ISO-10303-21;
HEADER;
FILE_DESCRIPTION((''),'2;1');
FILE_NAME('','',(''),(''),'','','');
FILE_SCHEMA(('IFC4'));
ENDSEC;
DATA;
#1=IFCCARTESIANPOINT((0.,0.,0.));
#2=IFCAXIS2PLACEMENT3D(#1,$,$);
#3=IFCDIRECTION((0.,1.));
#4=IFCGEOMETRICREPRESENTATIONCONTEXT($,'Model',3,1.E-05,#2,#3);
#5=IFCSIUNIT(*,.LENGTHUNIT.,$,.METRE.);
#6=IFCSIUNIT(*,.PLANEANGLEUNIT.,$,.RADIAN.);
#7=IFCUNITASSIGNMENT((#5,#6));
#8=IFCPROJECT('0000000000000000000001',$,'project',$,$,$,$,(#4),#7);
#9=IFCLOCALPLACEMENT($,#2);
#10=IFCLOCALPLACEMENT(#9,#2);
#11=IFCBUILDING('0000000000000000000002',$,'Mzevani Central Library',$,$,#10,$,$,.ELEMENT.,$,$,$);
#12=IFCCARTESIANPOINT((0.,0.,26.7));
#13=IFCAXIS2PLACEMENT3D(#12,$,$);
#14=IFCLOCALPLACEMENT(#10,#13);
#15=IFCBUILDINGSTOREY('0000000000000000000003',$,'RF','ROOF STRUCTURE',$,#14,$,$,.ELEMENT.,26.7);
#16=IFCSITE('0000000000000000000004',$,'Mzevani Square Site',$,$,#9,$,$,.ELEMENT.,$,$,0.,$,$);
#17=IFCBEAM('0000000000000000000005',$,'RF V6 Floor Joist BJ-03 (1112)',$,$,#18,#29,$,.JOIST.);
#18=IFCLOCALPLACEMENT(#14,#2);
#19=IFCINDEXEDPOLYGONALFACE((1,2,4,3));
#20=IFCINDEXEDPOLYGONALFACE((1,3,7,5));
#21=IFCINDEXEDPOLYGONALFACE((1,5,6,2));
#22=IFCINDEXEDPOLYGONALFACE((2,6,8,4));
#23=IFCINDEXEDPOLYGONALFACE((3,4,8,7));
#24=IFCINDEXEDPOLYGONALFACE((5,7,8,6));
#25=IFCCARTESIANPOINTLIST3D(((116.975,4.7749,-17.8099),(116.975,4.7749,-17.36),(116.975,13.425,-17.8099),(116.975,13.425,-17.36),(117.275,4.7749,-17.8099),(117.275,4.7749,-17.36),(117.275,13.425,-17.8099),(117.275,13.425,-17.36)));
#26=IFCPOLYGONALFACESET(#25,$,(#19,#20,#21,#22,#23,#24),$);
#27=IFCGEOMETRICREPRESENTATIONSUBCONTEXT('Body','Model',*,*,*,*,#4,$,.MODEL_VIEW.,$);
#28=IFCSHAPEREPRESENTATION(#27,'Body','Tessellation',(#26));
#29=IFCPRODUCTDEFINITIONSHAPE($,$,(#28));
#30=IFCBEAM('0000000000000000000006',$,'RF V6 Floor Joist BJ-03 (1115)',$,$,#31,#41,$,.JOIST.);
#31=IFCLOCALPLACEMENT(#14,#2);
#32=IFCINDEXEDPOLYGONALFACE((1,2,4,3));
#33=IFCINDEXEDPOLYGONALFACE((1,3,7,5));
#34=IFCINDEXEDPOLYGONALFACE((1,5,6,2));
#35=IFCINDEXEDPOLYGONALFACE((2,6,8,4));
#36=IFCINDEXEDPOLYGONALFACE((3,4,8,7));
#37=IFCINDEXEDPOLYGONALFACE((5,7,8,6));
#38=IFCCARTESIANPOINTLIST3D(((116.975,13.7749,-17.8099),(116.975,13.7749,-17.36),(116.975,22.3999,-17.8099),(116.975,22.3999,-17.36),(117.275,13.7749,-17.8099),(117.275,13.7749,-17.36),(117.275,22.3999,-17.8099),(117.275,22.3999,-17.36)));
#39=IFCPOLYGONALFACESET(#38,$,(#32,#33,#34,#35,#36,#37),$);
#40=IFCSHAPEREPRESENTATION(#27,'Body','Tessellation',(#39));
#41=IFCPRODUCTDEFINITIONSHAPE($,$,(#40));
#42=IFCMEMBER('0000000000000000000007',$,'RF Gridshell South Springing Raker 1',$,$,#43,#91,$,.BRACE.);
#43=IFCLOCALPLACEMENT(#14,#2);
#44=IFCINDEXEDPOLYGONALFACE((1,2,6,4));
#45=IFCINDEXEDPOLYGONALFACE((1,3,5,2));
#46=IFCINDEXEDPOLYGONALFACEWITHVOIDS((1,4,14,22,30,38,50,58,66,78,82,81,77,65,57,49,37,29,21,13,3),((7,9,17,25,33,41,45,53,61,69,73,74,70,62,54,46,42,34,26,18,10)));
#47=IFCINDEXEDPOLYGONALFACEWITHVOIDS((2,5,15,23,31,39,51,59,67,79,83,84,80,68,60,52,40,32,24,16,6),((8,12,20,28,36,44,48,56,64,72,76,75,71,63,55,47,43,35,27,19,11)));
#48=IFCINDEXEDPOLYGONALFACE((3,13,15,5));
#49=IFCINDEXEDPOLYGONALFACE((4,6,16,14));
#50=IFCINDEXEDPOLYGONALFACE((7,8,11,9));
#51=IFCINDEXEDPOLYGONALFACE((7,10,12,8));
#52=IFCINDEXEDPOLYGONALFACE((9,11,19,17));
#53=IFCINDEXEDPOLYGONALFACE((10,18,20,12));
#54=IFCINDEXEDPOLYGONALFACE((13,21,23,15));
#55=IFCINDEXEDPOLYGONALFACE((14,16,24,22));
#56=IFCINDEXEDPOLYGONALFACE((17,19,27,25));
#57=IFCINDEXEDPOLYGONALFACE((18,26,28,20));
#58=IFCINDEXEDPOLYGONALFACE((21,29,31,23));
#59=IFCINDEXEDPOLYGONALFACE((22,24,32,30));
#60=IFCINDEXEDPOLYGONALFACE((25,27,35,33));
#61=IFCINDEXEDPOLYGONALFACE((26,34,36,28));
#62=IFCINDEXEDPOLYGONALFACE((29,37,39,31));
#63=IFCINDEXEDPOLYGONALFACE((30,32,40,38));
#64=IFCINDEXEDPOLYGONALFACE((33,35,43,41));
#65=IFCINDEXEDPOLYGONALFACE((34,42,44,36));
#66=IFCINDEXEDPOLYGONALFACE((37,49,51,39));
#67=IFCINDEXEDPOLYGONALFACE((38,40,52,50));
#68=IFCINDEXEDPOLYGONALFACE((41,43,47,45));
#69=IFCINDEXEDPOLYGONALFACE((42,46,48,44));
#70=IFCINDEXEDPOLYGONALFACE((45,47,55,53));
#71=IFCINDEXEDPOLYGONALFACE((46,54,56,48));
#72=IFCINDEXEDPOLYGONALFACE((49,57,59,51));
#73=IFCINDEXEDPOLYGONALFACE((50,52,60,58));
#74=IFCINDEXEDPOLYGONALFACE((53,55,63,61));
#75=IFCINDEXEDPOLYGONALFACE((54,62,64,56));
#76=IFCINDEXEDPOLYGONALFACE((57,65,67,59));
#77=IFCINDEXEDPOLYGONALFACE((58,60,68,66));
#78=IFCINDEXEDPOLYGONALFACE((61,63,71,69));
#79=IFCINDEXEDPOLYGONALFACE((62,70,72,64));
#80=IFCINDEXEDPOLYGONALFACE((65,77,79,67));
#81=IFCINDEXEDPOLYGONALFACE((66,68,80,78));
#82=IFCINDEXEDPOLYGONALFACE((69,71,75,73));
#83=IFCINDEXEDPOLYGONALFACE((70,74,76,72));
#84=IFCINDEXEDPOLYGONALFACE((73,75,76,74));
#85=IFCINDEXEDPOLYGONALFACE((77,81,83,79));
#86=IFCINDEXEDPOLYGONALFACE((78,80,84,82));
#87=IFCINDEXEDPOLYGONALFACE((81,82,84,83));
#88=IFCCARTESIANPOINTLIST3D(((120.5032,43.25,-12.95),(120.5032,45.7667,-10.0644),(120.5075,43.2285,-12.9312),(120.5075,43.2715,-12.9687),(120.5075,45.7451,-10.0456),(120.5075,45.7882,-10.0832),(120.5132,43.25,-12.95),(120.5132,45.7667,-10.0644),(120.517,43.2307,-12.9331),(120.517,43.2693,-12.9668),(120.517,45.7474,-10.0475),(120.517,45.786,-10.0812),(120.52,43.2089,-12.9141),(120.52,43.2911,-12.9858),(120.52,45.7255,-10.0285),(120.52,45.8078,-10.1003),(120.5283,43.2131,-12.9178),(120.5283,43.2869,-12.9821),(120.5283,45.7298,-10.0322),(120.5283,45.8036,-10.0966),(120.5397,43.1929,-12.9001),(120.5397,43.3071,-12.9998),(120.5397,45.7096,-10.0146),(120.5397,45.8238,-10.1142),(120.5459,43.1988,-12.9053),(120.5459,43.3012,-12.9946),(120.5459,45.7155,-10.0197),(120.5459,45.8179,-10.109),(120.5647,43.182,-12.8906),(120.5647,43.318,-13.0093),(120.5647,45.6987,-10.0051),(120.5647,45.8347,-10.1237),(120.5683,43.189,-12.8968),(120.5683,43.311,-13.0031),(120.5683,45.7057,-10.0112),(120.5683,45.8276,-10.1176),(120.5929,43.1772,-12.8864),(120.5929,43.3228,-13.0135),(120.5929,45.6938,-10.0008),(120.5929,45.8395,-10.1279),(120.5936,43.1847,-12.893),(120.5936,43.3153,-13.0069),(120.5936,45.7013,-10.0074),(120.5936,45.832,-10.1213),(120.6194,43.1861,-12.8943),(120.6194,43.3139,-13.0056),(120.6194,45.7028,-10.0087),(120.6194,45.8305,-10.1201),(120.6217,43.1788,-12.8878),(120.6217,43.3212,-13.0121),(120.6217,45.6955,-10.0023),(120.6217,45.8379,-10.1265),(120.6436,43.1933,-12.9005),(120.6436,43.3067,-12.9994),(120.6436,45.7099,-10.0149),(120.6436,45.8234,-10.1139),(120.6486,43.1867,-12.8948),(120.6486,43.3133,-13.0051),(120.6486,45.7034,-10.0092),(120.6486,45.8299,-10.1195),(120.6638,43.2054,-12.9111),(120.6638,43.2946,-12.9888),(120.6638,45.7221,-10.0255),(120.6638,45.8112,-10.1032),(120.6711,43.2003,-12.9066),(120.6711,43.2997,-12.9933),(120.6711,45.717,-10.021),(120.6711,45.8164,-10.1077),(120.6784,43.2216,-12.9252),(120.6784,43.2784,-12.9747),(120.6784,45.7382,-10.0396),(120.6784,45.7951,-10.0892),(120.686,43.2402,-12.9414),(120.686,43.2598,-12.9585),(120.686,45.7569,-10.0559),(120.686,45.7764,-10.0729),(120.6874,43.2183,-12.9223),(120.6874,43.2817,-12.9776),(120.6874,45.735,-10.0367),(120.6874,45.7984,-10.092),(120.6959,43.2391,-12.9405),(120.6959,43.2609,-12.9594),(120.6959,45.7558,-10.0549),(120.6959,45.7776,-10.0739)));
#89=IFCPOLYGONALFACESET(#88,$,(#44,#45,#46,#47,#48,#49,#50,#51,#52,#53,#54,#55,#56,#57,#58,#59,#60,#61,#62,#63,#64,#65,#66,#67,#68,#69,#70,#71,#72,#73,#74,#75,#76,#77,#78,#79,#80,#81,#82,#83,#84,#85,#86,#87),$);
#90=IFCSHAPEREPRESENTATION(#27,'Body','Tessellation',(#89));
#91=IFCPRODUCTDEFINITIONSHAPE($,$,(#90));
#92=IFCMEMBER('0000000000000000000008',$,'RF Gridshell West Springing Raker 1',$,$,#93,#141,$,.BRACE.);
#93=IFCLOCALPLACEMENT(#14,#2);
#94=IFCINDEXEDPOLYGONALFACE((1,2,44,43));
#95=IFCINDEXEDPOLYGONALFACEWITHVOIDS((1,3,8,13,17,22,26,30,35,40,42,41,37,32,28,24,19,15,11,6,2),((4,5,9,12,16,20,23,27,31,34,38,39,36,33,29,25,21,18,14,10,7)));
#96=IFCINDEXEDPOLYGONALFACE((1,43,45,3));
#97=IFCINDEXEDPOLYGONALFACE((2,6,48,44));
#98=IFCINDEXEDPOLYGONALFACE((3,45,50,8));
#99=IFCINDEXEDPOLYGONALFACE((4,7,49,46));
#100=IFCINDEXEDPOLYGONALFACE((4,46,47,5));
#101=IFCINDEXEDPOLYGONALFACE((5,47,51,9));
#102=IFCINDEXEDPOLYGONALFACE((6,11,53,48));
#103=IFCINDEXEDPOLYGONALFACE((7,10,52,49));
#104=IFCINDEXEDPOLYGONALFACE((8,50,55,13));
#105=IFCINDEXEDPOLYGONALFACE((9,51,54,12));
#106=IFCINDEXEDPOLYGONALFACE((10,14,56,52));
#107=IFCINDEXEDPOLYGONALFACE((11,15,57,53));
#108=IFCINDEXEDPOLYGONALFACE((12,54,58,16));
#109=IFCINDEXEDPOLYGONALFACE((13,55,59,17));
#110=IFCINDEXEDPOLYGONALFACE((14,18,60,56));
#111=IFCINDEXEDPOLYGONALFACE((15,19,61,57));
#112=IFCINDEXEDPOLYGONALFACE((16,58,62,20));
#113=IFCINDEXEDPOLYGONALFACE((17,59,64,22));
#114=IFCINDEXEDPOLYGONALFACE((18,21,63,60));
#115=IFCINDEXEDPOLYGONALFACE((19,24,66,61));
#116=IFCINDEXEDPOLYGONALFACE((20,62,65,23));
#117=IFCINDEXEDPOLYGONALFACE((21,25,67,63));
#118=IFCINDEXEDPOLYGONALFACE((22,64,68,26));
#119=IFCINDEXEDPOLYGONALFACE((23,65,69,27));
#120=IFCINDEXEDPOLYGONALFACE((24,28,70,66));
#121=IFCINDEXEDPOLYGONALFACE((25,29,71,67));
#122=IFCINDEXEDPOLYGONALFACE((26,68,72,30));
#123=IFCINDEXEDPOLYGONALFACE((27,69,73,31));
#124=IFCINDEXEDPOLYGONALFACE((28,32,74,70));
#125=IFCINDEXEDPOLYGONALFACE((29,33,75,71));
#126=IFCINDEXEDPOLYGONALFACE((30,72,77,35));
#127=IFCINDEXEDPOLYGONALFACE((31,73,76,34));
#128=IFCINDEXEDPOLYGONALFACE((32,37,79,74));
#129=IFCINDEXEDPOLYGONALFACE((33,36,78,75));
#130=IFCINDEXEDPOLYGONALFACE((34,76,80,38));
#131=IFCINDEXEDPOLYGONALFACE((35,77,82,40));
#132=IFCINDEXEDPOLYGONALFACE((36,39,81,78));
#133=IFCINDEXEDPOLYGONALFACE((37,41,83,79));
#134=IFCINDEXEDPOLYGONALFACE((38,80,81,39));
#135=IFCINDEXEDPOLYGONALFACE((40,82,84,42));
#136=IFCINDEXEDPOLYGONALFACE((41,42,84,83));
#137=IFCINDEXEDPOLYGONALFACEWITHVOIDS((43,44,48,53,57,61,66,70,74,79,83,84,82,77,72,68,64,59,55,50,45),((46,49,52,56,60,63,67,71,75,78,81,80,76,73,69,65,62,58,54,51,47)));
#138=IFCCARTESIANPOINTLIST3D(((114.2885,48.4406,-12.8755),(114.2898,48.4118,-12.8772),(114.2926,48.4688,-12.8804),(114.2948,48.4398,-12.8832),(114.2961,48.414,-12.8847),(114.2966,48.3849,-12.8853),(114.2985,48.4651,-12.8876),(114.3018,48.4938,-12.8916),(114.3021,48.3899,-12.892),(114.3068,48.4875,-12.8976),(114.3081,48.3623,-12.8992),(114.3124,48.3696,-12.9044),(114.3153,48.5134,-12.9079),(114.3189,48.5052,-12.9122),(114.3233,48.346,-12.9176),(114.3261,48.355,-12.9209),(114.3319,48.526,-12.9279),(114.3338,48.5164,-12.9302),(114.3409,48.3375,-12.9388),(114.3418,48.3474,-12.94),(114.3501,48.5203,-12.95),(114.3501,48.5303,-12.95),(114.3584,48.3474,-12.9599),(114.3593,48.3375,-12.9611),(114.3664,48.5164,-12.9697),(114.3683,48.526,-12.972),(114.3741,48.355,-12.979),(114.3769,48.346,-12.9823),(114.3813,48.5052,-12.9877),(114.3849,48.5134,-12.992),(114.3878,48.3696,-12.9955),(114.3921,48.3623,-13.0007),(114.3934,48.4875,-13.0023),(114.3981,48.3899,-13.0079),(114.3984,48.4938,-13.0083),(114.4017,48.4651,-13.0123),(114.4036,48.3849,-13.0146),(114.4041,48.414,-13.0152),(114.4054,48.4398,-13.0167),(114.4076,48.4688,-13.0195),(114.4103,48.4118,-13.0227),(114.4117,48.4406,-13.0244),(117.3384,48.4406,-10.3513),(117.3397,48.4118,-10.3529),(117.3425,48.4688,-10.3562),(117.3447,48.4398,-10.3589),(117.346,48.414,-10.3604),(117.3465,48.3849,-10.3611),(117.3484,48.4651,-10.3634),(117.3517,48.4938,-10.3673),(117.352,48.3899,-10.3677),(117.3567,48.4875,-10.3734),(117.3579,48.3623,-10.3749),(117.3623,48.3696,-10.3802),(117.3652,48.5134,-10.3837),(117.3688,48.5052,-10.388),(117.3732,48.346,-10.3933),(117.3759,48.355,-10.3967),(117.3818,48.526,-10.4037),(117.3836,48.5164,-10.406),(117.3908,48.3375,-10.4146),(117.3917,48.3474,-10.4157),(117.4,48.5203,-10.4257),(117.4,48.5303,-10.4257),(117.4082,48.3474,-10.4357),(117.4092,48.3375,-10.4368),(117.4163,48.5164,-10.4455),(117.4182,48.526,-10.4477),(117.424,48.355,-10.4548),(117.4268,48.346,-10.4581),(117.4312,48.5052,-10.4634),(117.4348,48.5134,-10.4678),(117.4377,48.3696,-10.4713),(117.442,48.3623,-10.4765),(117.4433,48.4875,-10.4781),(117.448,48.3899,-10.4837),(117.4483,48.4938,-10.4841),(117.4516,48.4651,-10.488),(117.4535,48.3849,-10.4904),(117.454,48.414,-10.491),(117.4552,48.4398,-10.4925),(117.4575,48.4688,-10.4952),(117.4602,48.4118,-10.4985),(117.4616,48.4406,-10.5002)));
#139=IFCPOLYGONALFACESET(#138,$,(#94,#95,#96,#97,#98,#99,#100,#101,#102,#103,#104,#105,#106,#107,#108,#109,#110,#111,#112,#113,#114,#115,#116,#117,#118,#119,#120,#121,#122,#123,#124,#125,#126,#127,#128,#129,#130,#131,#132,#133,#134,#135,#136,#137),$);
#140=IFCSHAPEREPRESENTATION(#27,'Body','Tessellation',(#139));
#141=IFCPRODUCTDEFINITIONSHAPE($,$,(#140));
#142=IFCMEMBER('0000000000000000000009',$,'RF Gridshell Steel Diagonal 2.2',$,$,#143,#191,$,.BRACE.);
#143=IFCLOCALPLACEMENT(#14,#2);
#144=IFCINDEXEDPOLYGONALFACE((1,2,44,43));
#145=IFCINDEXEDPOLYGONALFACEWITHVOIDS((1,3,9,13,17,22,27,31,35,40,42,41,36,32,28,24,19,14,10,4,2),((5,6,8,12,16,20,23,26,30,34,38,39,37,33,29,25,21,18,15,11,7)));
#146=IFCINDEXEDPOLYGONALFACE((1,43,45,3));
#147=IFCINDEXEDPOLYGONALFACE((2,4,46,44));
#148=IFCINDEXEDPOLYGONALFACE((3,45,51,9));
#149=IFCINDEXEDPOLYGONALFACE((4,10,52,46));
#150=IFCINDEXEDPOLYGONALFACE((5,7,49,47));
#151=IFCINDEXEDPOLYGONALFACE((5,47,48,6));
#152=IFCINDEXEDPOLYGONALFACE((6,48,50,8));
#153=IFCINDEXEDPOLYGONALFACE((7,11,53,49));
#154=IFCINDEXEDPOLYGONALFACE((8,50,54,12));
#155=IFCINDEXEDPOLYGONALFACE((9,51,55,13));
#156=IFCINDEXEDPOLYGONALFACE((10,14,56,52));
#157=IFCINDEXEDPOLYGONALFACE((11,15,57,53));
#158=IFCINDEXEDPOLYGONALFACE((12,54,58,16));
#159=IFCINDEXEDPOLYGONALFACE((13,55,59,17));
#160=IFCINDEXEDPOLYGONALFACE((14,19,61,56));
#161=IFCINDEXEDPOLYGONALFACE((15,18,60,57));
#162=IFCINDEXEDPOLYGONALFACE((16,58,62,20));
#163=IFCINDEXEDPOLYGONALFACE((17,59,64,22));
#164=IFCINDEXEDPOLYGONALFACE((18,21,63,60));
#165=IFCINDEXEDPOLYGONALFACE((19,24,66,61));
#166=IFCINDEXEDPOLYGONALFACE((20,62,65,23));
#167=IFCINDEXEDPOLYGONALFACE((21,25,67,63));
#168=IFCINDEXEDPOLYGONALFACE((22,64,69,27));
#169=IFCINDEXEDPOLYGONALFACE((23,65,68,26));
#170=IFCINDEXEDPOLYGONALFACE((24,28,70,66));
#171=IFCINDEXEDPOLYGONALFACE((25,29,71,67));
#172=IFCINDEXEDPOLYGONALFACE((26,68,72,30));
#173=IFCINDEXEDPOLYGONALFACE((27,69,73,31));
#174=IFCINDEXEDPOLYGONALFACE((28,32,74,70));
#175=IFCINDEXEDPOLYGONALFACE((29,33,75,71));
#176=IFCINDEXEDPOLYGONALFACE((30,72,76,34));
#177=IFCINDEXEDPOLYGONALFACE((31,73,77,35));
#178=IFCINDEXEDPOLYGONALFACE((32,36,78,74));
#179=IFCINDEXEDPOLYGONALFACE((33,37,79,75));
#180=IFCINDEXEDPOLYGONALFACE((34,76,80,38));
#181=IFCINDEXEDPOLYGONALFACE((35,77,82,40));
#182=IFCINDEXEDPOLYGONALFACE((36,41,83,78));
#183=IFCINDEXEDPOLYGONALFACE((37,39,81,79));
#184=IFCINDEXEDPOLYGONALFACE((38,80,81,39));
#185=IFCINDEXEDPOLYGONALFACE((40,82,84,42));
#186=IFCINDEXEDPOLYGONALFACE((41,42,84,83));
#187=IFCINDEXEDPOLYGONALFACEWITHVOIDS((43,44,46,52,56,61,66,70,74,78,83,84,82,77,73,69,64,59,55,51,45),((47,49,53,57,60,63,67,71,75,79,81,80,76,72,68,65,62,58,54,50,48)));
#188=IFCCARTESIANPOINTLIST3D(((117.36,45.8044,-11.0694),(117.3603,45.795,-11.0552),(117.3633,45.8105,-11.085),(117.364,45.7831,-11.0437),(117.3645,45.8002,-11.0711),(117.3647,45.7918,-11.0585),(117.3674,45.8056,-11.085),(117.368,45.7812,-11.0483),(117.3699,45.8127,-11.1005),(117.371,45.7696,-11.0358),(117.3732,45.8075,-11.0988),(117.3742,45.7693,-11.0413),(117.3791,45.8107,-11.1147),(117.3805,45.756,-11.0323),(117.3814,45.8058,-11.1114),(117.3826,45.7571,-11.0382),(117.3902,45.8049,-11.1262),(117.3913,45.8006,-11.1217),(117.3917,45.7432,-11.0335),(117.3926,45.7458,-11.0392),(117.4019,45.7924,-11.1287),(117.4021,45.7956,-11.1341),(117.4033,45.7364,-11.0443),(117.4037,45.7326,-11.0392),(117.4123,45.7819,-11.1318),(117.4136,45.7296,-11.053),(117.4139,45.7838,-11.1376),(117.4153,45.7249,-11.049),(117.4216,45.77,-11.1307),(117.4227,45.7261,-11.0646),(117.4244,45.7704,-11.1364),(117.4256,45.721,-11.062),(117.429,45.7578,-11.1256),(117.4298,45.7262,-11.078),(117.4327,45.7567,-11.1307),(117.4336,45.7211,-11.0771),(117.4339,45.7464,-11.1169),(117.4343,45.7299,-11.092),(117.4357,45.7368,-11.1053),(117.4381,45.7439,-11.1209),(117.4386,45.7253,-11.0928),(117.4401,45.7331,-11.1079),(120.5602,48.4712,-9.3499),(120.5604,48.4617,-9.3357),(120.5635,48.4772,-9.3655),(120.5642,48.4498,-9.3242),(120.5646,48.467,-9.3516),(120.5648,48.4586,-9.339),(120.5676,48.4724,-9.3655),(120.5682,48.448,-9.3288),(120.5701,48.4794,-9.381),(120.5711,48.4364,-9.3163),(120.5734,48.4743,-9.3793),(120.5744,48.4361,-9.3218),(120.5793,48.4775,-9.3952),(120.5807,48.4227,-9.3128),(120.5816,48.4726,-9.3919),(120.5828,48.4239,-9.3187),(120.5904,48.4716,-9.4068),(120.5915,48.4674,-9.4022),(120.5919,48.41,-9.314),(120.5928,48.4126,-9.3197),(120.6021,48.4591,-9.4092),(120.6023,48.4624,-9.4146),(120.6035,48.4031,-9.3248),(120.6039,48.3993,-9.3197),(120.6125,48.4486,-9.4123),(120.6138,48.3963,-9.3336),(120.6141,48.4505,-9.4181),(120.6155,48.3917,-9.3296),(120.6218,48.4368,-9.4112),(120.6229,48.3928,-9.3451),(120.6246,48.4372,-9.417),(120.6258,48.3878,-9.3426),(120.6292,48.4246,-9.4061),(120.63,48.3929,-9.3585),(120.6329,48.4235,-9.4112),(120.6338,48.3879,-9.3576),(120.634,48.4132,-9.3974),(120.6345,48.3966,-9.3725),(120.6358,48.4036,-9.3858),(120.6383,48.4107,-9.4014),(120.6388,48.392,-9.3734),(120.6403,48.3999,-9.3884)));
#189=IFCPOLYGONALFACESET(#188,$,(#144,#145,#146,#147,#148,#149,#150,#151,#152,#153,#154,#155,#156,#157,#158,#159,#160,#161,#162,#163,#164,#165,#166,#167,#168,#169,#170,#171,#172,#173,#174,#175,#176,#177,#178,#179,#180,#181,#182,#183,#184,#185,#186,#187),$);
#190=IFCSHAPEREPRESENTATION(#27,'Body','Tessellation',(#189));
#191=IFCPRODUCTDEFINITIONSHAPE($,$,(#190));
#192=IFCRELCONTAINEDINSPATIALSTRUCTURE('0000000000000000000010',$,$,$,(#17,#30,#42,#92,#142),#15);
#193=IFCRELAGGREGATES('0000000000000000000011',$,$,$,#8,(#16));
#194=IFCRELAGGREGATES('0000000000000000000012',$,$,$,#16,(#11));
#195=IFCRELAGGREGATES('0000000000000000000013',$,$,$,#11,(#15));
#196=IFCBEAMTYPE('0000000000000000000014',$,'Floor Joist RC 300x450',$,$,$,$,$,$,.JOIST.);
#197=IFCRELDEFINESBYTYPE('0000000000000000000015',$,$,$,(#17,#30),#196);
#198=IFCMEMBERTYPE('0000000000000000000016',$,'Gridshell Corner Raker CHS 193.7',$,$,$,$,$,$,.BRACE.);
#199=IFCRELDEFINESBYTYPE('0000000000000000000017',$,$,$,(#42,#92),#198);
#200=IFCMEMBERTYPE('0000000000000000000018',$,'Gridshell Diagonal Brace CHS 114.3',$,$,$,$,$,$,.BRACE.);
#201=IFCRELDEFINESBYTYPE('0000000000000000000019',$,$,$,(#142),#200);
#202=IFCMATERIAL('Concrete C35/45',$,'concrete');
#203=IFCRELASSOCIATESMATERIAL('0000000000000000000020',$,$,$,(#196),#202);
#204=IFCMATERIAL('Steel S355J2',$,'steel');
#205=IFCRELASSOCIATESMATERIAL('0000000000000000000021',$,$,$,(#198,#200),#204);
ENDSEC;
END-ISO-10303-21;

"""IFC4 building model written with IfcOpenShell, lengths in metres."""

from ifc_helpers import new_model, si_unit, direction, frame, origin, origin_2d, place, context, subcontext, project, spatial, rectangle, hollow_circle, extrude, material, material_profile, profile_set, type_object, element, save


model = new_model("IFC4")

# Units and contexts
model_context = context("Model", 3, precision=1e-05, world=origin(), true_north=direction((0.0, 1.0)))
body_context = subcontext(model_context, "Body", "Model", "MODEL_VIEW")
ifc_project = project(units=[si_unit("LENGTHUNIT", "METRE"), si_unit("PLANEANGLEUNIT", "RADIAN")], contexts=[model_context])

# Site, building, storey
site_placement = place(None, origin())
site = spatial("IfcSite", under=ifc_project, at=site_placement, Name="Mzevani Square Site", CompositionType="ELEMENT", RefElevation=0.0)
building_placement = place(site_placement, origin())
building = spatial("IfcBuilding", under=site, at=building_placement, Name="Mzevani Central Library", CompositionType="ELEMENT")
storey_placement = place(building_placement, frame((0.0, 0.0, 26.7)))
storey = spatial("IfcBuildingStorey", under=building, at=storey_placement, Name="RF", Description="ROOF STRUCTURE", CompositionType="ELEMENT", Elevation=26.7)

# Beams
ifc_material_1 = material(Name="Concrete C35/45", Category="concrete")
ifc_material_profile_1 = material_profile(ifc_material_1, rectangle(XDim=0.3, YDim=0.45, at=origin_2d()), Name="RC J300x450")
ifc_profile_set_1 = profile_set([ifc_material_profile_1], Name="Concrete C35/45")
beam_type_1 = type_object("IfcBeamType", Name="Floor Joist RC 300x450", PredefinedType="JOIST", material=ifc_profile_set_1)
beam_1_placement = place(storey_placement, frame((117.125, 4.7749, -17.585), z_axis=(0.0, 1.0, 0.0), x_axis=(-1.0, 0.0, 0.0)))
element("IfcBeam", 1, at=beam_1_placement, inside=storey, type_object=beam_type_1, Name="RF V6 Floor Joist BJ-03 (1112)", PredefinedType="JOIST", context=body_context, shape_type="SweptSolid", body=[
    extrude(rectangle(XDim=0.3, YDim=0.45, at=origin_2d()), origin(), (0.0, 0.0, 1.0), 8.6501),
])
beam_2_placement = place(storey_placement, frame((117.125, 13.7749, -17.585), z_axis=(0.0, 1.0, 0.0), x_axis=(-1.0, 0.0, 0.0)))
element("IfcBeam", 2, at=beam_2_placement, inside=storey, type_object=beam_type_1, Name="RF V6 Floor Joist BJ-03 (1115)", PredefinedType="JOIST", context=body_context, shape_type="SweptSolid", body=[
    extrude(rectangle(XDim=0.3, YDim=0.45, at=origin_2d()), origin(), (0.0, 0.0, 1.0), 8.625),
])

# Members
ifc_material_2 = material(Name="Steel S355J2", Category="steel")
ifc_material_profile_2 = material_profile(ifc_material_2, hollow_circle(Radius=0.0969, WallThickness=0.01, at=origin_2d()), Name="CHS 193.7x10.0")
ifc_profile_set_2 = profile_set([ifc_material_profile_2], Name="Steel S355J2")
member_type_1 = type_object("IfcMemberType", Name="Gridshell Corner Raker CHS 193.7", PredefinedType="BRACE", material=ifc_profile_set_2)
member_1_placement = place(storey_placement, frame((120.6001, 43.25, -12.95), z_axis=(0.0, 0.657289, 0.753638), x_axis=(-1.0, 0.0, 0.0)))
element("IfcMember", 3, at=member_1_placement, inside=storey, type_object=member_type_1, Name="RF Gridshell South Springing Raker 1", PredefinedType="BRACE", context=body_context, shape_type="SweptSolid", body=[
    extrude(hollow_circle(Radius=0.0969, WallThickness=0.01, at=origin_2d()), origin(), (0.0, 0.0, 1.0), 3.8289),
])
member_2_placement = place(storey_placement, frame((114.3501, 48.4333, -12.95), z_axis=(0.77037, 0.0, 0.637597), x_axis=(0.0, 1.0, 0.0)))
element("IfcMember", 4, at=member_2_placement, inside=storey, type_object=member_type_1, Name="RF Gridshell West Springing Raker 1", PredefinedType="BRACE", context=body_context, shape_type="SweptSolid", body=[
    extrude(hollow_circle(Radius=0.0969, WallThickness=0.01, at=origin_2d()), origin(), (0.0, 0.0, 1.0), 3.959),
])
ifc_material_profile_3 = material_profile(ifc_material_2, hollow_circle(Radius=0.0571, WallThickness=0.0063, at=origin_2d()), Name="CHS 114.3x6.3")
ifc_profile_set_3 = profile_set([ifc_material_profile_3], Name="Steel S355J2")
member_type_2 = type_object("IfcMemberType", Name="Gridshell Diagonal Brace CHS 114.3", PredefinedType="BRACE", material=ifc_profile_set_3)
member_3_placement = place(storey_placement, frame((117.3999, 45.7666, -11.085), z_axis=(0.710114, 0.591743, 0.381548), x_axis=(-0.640173, 0.768231, 0.0)))
element("IfcMember", 5, at=member_3_placement, inside=storey, type_object=member_type_2, Name="RF Gridshell Steel Diagonal 2.2", PredefinedType="BRACE", context=body_context, shape_type="SweptSolid", body=[
    extrude(hollow_circle(Radius=0.0571, WallThickness=0.0063, at=origin_2d()), origin(), (0.0, 0.0, 1.0), 4.5066),
])

save(model, "model.ifc")
